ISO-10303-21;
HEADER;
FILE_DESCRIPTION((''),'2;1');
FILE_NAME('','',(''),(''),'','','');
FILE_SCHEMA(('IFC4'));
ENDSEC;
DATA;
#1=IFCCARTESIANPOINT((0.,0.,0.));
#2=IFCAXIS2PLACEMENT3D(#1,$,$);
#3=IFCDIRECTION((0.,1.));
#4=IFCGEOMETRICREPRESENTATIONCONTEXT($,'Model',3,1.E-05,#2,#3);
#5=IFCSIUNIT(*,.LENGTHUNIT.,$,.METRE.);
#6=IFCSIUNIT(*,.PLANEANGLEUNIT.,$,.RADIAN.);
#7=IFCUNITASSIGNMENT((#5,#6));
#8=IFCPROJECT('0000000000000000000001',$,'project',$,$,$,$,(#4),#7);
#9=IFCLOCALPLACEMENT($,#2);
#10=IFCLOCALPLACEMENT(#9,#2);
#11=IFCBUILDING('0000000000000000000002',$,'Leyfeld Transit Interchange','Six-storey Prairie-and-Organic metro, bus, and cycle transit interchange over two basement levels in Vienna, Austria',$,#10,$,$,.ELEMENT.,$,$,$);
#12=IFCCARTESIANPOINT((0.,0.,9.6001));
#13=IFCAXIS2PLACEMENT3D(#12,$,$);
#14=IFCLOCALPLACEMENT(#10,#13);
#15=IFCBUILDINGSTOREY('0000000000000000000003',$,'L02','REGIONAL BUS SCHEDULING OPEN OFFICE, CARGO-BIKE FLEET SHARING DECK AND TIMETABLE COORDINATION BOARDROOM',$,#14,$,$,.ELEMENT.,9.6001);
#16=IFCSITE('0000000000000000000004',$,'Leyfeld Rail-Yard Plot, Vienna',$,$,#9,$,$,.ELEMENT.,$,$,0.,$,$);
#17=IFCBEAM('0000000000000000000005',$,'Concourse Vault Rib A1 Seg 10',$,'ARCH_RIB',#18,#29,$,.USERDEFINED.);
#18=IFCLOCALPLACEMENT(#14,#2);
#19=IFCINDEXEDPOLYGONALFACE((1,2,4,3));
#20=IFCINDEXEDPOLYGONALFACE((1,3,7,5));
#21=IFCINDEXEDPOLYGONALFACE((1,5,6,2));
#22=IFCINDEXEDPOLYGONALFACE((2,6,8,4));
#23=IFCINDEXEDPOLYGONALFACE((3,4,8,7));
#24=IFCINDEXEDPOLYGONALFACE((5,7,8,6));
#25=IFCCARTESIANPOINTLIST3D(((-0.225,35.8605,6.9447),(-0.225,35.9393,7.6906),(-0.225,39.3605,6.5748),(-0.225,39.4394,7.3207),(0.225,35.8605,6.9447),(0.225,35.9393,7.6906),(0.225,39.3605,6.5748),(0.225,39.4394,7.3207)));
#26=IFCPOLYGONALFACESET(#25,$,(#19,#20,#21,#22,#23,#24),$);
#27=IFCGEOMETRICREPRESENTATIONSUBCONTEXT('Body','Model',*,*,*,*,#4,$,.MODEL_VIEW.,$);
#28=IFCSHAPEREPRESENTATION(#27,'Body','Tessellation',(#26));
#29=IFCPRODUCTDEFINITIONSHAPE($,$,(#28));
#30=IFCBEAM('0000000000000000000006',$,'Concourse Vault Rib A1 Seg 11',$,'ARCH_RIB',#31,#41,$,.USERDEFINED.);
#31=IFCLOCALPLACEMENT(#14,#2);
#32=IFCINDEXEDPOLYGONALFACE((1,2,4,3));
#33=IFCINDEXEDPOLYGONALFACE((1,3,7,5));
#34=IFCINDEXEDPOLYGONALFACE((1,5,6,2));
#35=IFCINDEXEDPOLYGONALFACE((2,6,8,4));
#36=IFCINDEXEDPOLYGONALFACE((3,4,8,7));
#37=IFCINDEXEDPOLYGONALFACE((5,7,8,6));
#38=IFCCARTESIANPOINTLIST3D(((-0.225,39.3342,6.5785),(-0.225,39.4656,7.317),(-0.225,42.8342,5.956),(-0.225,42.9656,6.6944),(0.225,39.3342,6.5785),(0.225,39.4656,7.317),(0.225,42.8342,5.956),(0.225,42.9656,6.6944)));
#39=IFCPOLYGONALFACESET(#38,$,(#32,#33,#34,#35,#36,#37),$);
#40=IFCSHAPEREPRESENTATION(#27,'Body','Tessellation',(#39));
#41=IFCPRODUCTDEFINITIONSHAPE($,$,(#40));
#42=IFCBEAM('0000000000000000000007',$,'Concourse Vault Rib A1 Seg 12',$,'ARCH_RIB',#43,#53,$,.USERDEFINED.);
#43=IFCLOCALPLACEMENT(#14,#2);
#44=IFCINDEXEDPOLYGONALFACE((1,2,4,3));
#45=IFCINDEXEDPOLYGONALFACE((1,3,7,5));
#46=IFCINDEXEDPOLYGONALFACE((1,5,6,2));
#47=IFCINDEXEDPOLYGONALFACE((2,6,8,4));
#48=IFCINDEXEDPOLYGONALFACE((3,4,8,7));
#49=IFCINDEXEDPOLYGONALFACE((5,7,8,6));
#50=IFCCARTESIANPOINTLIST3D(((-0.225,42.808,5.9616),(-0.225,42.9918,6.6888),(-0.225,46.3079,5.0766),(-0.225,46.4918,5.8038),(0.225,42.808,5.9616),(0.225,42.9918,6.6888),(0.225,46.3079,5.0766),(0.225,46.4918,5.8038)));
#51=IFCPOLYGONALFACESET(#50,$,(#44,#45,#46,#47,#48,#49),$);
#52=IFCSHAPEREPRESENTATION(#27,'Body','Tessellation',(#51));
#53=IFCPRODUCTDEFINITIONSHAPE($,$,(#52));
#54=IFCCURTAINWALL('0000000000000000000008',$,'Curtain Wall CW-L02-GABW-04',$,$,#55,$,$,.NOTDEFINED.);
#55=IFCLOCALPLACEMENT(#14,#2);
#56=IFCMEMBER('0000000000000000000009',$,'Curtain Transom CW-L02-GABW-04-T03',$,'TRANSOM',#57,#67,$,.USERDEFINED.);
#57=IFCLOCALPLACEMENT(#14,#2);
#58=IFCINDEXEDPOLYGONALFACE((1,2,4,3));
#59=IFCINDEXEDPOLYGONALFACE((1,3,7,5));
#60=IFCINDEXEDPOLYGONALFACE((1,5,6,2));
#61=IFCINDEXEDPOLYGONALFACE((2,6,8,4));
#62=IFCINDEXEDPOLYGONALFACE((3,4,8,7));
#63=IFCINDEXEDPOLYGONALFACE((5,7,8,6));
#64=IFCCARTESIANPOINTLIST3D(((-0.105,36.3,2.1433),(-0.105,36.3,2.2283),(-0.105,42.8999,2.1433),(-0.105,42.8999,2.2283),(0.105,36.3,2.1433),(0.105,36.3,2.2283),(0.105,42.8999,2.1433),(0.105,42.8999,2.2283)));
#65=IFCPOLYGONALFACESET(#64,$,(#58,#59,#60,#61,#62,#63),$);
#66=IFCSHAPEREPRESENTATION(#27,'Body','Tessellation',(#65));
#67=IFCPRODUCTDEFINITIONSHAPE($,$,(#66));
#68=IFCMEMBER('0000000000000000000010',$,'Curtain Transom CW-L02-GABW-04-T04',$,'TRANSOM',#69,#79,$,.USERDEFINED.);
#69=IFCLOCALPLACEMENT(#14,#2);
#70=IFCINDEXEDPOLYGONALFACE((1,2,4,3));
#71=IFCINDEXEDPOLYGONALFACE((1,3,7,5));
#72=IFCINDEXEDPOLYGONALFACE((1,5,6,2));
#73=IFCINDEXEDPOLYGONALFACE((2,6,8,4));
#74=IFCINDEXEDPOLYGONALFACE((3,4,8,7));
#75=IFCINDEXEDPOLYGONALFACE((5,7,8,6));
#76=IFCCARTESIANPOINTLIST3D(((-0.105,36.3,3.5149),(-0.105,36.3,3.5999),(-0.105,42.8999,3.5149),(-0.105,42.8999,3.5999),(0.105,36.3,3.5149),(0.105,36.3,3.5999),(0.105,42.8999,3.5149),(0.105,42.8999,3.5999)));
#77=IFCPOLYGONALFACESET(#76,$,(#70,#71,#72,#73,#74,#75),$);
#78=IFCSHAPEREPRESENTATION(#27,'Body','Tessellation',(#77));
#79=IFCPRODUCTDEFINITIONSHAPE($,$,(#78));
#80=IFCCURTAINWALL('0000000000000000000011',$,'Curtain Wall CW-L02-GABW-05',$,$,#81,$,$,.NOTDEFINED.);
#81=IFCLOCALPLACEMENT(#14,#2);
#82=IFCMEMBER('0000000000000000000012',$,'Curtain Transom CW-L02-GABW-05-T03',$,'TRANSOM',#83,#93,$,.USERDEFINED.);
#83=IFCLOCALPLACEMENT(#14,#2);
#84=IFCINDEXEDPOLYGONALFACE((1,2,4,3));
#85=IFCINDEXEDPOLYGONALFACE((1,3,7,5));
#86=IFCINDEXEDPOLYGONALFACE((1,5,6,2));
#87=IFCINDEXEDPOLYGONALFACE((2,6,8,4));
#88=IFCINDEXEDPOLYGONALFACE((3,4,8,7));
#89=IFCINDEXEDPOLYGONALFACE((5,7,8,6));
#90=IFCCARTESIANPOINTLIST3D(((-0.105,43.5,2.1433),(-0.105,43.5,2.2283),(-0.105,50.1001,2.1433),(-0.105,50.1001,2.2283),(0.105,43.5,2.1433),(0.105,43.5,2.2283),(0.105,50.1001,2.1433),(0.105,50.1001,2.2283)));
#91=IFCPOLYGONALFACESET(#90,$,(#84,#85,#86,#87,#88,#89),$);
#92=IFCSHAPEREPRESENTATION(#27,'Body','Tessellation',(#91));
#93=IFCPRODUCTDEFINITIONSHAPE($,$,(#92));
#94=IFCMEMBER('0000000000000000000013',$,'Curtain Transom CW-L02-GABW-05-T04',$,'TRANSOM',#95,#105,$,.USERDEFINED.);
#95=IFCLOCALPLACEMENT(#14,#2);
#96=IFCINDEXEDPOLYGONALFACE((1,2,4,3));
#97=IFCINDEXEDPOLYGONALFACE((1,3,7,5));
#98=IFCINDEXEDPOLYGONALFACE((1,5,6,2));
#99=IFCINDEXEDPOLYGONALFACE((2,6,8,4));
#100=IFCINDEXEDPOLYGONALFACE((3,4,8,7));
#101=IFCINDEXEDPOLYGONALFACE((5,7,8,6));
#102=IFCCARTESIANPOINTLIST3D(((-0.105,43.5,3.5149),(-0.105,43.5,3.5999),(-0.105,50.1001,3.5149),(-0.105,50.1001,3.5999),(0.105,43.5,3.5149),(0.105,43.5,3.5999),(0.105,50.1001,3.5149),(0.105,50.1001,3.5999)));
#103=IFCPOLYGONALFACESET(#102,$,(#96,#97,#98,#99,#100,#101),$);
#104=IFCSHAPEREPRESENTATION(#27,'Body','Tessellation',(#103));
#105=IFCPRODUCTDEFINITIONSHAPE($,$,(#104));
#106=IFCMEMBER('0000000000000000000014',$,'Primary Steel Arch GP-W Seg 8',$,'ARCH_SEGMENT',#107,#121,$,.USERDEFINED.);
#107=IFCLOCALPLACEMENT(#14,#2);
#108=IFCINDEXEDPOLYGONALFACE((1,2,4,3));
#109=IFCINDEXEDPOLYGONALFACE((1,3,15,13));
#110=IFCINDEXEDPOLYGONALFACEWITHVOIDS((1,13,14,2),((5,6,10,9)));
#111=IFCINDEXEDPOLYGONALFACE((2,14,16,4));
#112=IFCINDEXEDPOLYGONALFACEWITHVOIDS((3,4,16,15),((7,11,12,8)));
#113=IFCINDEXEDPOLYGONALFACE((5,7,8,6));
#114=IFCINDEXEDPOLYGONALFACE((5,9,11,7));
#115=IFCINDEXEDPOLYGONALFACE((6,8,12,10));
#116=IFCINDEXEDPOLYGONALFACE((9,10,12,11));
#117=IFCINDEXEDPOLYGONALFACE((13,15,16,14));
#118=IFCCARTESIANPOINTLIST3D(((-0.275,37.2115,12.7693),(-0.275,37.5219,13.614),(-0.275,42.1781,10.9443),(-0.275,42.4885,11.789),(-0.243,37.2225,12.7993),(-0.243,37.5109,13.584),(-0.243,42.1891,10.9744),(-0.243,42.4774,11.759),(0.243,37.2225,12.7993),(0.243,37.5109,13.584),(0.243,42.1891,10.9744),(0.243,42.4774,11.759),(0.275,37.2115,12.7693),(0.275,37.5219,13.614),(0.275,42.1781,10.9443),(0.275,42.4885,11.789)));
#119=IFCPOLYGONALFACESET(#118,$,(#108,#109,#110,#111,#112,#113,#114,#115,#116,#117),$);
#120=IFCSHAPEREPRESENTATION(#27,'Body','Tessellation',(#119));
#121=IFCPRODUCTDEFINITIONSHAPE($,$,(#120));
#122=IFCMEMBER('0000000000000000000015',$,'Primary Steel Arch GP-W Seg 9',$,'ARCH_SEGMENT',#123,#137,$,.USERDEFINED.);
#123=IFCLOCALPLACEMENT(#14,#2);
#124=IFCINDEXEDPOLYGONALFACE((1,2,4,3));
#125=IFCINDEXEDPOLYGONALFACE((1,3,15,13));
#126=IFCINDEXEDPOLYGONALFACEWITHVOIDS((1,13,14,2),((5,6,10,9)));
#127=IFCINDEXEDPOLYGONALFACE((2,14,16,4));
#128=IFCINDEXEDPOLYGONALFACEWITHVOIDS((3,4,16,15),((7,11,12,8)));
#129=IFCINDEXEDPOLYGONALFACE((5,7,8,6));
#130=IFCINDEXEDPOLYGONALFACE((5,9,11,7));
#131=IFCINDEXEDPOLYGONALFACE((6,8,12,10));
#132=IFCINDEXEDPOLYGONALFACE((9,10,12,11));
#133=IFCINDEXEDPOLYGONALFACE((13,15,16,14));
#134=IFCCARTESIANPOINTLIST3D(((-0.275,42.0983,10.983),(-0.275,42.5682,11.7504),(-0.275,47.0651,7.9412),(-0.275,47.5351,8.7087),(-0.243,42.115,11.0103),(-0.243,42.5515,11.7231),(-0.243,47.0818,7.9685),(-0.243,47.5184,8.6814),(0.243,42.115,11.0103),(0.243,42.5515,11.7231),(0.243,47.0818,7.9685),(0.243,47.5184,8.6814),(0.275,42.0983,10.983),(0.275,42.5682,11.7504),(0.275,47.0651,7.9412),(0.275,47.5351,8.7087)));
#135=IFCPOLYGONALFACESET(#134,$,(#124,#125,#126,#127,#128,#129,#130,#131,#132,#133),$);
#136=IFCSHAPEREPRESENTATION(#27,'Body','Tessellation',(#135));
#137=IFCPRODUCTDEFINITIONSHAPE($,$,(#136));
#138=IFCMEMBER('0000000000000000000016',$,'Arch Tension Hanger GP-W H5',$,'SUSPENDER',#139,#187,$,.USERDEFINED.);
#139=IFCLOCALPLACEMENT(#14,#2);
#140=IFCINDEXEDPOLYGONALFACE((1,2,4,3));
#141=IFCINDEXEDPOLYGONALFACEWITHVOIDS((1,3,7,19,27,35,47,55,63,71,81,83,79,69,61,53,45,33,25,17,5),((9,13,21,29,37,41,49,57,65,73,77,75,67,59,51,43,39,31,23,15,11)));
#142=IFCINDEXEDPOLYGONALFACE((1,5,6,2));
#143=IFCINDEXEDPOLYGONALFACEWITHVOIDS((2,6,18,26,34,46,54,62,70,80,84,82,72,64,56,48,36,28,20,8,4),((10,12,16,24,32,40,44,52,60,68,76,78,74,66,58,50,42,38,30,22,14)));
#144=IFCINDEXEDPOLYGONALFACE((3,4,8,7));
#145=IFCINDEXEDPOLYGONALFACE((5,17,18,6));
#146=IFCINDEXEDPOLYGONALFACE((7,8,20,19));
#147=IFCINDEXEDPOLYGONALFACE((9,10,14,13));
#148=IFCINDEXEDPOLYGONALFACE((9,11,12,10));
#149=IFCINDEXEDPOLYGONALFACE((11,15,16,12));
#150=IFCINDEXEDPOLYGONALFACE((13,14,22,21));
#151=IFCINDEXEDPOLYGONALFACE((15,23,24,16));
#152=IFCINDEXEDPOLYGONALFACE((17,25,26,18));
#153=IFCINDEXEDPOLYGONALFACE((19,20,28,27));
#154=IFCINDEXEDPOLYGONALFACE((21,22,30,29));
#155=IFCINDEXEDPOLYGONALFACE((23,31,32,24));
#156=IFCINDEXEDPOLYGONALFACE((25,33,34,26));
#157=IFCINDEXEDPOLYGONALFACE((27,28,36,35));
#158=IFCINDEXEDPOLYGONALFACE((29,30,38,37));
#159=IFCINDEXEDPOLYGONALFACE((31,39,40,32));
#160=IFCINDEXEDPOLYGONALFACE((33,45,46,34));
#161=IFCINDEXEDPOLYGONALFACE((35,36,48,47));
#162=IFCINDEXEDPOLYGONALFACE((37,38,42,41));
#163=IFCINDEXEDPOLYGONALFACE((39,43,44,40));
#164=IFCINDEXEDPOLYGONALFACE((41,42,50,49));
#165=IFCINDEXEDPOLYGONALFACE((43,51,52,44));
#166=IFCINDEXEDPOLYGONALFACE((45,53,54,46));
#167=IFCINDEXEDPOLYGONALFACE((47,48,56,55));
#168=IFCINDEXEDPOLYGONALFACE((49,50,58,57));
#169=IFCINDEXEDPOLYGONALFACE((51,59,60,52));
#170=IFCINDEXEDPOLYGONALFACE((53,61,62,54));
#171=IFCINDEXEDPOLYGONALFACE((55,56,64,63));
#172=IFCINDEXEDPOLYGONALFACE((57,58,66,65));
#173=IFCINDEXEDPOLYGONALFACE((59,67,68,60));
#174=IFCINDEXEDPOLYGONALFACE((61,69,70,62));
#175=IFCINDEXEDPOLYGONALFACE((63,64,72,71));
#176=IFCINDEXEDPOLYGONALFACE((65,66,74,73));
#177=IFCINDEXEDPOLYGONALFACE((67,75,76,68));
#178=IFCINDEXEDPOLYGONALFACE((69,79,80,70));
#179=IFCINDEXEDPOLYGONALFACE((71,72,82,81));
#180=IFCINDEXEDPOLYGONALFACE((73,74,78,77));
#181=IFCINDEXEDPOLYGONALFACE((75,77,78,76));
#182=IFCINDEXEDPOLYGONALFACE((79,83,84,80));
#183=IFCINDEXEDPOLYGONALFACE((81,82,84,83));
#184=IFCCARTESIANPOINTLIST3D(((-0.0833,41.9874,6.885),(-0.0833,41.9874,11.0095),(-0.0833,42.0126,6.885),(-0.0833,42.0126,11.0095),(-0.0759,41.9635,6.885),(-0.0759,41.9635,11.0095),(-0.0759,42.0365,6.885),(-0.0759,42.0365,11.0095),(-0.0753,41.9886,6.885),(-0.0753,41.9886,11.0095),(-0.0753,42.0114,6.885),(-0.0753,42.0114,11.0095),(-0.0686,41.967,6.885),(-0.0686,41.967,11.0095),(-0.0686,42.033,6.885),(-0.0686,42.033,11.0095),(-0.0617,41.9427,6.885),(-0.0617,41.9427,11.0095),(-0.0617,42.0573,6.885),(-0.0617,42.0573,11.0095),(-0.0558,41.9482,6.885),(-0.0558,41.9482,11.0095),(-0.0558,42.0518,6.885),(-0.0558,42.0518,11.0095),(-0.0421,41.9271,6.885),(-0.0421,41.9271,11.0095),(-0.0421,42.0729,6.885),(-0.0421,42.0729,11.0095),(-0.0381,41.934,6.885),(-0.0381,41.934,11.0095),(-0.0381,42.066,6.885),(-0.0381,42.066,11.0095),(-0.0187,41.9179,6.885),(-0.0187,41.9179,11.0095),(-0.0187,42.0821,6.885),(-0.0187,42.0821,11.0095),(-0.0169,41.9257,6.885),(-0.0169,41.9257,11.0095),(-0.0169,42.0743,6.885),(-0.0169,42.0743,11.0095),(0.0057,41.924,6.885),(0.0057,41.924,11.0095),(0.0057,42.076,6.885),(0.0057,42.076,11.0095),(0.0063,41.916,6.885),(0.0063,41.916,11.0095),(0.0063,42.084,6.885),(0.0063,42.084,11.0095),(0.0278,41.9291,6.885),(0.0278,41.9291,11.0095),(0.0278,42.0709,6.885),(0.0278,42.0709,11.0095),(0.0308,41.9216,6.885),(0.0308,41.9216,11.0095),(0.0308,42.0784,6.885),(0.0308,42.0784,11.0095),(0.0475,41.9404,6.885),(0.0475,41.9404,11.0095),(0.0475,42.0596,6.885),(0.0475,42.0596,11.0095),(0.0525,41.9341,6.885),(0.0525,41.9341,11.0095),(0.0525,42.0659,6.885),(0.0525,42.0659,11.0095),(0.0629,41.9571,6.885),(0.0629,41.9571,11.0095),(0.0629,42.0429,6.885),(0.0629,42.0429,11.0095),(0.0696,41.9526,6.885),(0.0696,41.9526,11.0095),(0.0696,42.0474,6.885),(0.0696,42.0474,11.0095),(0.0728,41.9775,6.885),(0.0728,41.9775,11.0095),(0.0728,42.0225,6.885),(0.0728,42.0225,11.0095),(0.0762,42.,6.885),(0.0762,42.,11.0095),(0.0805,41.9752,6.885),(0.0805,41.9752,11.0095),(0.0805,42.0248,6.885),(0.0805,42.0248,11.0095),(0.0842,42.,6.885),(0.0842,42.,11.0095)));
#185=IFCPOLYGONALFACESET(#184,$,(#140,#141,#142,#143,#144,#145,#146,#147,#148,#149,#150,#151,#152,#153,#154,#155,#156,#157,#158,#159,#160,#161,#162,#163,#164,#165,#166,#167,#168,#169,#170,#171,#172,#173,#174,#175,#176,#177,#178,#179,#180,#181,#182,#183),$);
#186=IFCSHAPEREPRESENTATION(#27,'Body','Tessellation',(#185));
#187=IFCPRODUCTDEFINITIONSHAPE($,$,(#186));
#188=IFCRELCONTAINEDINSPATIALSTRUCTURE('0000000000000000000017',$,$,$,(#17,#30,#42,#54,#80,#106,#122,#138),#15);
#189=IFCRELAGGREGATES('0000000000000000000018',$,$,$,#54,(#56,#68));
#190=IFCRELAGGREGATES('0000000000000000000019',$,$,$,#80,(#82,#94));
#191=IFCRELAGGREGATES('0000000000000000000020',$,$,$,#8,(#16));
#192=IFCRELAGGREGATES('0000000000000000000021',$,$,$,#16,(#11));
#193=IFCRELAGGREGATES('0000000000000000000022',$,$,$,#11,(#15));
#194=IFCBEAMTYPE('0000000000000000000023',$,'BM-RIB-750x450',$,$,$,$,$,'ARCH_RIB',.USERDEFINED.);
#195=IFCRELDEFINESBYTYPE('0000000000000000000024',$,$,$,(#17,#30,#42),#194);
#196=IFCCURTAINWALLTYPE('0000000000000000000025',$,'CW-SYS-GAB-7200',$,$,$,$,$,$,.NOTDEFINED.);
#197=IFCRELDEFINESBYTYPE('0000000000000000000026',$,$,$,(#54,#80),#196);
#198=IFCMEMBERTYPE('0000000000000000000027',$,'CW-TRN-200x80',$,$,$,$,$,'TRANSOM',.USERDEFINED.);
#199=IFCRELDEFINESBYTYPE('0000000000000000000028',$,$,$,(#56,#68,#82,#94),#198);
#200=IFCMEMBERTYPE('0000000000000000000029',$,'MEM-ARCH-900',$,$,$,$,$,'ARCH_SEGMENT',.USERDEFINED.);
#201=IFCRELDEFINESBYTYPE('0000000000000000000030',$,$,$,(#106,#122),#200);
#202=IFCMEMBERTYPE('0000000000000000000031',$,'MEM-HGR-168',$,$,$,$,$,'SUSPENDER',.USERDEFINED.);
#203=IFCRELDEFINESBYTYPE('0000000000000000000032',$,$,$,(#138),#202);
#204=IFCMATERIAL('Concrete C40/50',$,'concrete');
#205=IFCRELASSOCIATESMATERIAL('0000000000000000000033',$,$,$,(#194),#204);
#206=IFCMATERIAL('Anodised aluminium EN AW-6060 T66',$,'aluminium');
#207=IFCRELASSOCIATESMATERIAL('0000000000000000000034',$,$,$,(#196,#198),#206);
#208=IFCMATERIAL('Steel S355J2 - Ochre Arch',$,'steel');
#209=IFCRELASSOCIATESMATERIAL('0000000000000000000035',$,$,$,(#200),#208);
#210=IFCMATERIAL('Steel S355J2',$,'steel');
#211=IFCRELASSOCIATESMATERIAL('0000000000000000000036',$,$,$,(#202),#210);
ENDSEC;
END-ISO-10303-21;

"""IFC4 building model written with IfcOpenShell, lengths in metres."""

from ifc_helpers import new_model, si_unit, direction, frame, origin, origin_2d, place, context, subcontext, project, spatial, rectangle, hollow_rectangle, hollow_circle, extrude, material, material_profile, profile_set, type_object, element, aggregate, save


model = new_model("IFC4")

# Units and contexts
model_context = context("Model", 3, precision=1e-05, world=origin(), true_north=direction((0.0, 1.0)))
body_context = subcontext(model_context, "Body", "Model", "MODEL_VIEW")
ifc_project = project(units=[si_unit("LENGTHUNIT", "METRE"), si_unit("PLANEANGLEUNIT", "RADIAN")], contexts=[model_context])

# Site, building, storey
site_placement = place(None, origin())
site = spatial("IfcSite", under=ifc_project, at=site_placement, Name="Leyfeld Rail-Yard Plot, Vienna", CompositionType="ELEMENT", RefElevation=0.0)
building_placement = place(site_placement, origin())
building = spatial("IfcBuilding", under=site, at=building_placement, Name="Leyfeld Transit Interchange", Description="Six-storey Prairie-and-Organic metro, bus, and cycle transit interchange over two basement levels in Vienna, Austria", CompositionType="ELEMENT")
storey_placement = place(building_placement, frame((0.0, 0.0, 9.6001)))
storey = spatial("IfcBuildingStorey", under=building, at=storey_placement, Name="L02", Description="REGIONAL BUS SCHEDULING OPEN OFFICE, CARGO-BIKE FLEET SHARING DECK AND TIMETABLE COORDINATION BOARDROOM", CompositionType="ELEMENT", Elevation=9.6001)

# Beams
ifc_material_1 = material(Name="Concrete C40/50", Category="concrete")
ifc_material_profile_1 = material_profile(ifc_material_1, rectangle(XDim=0.45, YDim=0.75, at=origin_2d()), Name="RC 750x450 RIB")
ifc_profile_set_1 = profile_set([ifc_material_profile_1], Name="Concrete C40/50")
beam_type = type_object("IfcBeamType", Name="BM-RIB-750x450", ElementType="ARCH_RIB", PredefinedType="USERDEFINED", material=ifc_profile_set_1)
beam_1_placement = place(storey_placement, frame((0.0, 35.8999, 7.3176), z_axis=(0.0, 0.994462, -0.105093), x_axis=(-1.0, 0.0, 0.0)))
element("IfcBeam", 1, at=beam_1_placement, inside=storey, type_object=beam_type, Name="Concourse Vault Rib A1 Seg 10", ObjectType="ARCH_RIB", PredefinedType="USERDEFINED", context=body_context, shape_type="SweptSolid", body=[
    extrude(rectangle(XDim=0.45, YDim=0.75, at=origin_2d()), origin(), (0.0, 0.0, 1.0), 3.5195),
])
beam_2_placement = place(storey_placement, frame((0.0, 39.3999, 6.9478), z_axis=(0.0, 0.984546, -0.175125), x_axis=(-1.0, 0.0, 0.0)))
element("IfcBeam", 2, at=beam_2_placement, inside=storey, type_object=beam_type, Name="Concourse Vault Rib A1 Seg 11", ObjectType="ARCH_RIB", PredefinedType="USERDEFINED", context=body_context, shape_type="SweptSolid", body=[
    extrude(rectangle(XDim=0.45, YDim=0.75, at=origin_2d()), origin(), (0.0, 0.0, 1.0), 3.5549),
])
beam_3_placement = place(storey_placement, frame((0.0, 42.8999, 6.3252), z_axis=(0.0, 0.969487, -0.245144), x_axis=(-1.0, 0.0, 0.0)))
element("IfcBeam", 3, at=beam_3_placement, inside=storey, type_object=beam_type, Name="Concourse Vault Rib A1 Seg 12", ObjectType="ARCH_RIB", PredefinedType="USERDEFINED", context=body_context, shape_type="SweptSolid", body=[
    extrude(rectangle(XDim=0.45, YDim=0.75, at=origin_2d()), origin(), (0.0, 0.0, 1.0), 3.6101),
])

# Curtain walls, members
ifc_material_2 = material(Name="Anodised aluminium EN AW-6060 T66", Category="aluminium")
curtain_wall_type = type_object("IfcCurtainWallType", Name="CW-SYS-GAB-7200", PredefinedType="NOTDEFINED", material=ifc_material_2)
curtain_wall_1_placement = place(storey_placement, origin())
curtain_wall_1 = element("IfcCurtainWall", 4, at=curtain_wall_1_placement, inside=storey, type_object=curtain_wall_type, Name="Curtain Wall CW-L02-GABW-04", PredefinedType="NOTDEFINED")
ifc_material_profile_2 = material_profile(ifc_material_2, rectangle(XDim=0.21, YDim=0.085, at=origin_2d()), Name="CW-TRN-200x80")
ifc_profile_set_2 = profile_set([ifc_material_profile_2], Name="Anodised aluminium EN AW-6060 T66")
member_type_1 = type_object("IfcMemberType", Name="CW-TRN-200x80", ElementType="TRANSOM", PredefinedType="USERDEFINED", material=ifc_profile_set_2)
member_1_placement = place(storey_placement, frame((0.0, 36.3, 2.1858), z_axis=(0.0, 1.0, 0.0), x_axis=(-1.0, 0.0, 0.0)))
member_1 = element("IfcMember", 5, at=member_1_placement, type_object=member_type_1, Name="Curtain Transom CW-L02-GABW-04-T03", ObjectType="TRANSOM", PredefinedType="USERDEFINED", context=body_context, shape_type="SweptSolid", body=[
    extrude(rectangle(XDim=0.21, YDim=0.085, at=origin_2d()), origin(), (0.0, 0.0, 1.0), 6.5999),
])
member_2_placement = place(storey_placement, frame((0.0, 36.3, 3.5574), z_axis=(0.0, 1.0, 0.0), x_axis=(-1.0, 0.0, 0.0)))
member_2 = element("IfcMember", 6, at=member_2_placement, type_object=member_type_1, Name="Curtain Transom CW-L02-GABW-04-T04", ObjectType="TRANSOM", PredefinedType="USERDEFINED", context=body_context, shape_type="SweptSolid", body=[
    extrude(rectangle(XDim=0.21, YDim=0.085, at=origin_2d()), origin(), (0.0, 0.0, 1.0), 6.5999),
])
curtain_wall_2_placement = place(storey_placement, origin())
curtain_wall_2 = element("IfcCurtainWall", 7, at=curtain_wall_2_placement, inside=storey, type_object=curtain_wall_type, Name="Curtain Wall CW-L02-GABW-05", PredefinedType="NOTDEFINED")
member_3_placement = place(storey_placement, frame((0.0, 43.5, 2.1858), z_axis=(0.0, 1.0, 0.0), x_axis=(-1.0, 0.0, 0.0)))
member_3 = element("IfcMember", 8, at=member_3_placement, type_object=member_type_1, Name="Curtain Transom CW-L02-GABW-05-T03", ObjectType="TRANSOM", PredefinedType="USERDEFINED", context=body_context, shape_type="SweptSolid", body=[
    extrude(rectangle(XDim=0.21, YDim=0.085, at=origin_2d()), origin(), (0.0, 0.0, 1.0), 6.6001),
])
member_4_placement = place(storey_placement, frame((0.0, 43.5, 3.5574), z_axis=(0.0, 1.0, 0.0), x_axis=(-1.0, 0.0, 0.0)))
member_4 = element("IfcMember", 9, at=member_4_placement, type_object=member_type_1, Name="Curtain Transom CW-L02-GABW-05-T04", ObjectType="TRANSOM", PredefinedType="USERDEFINED", context=body_context, shape_type="SweptSolid", body=[
    extrude(rectangle(XDim=0.21, YDim=0.085, at=origin_2d()), origin(), (0.0, 0.0, 1.0), 6.6001),
])

# Members
ifc_material_3 = material(Name="Steel S355J2 - Ochre Arch", Category="steel")
ifc_material_profile_3 = material_profile(ifc_material_3, hollow_rectangle(XDim=0.55, YDim=0.8999, WallThickness=0.032, at=origin_2d()), Name="RHS 900x550x32")
ifc_profile_set_3 = profile_set([ifc_material_profile_3], Name="Steel S355J2 - Ochre Arch")
member_type_2 = type_object("IfcMemberType", Name="MEM-ARCH-900", ElementType="ARCH_SEGMENT", PredefinedType="USERDEFINED", material=ifc_profile_set_3)
member_5_placement = place(storey_placement, frame((0.0, 37.3667, 13.1917), z_axis=(0.0, 0.938639, -0.344901), x_axis=(-1.0, 0.0, 0.0)))
element("IfcMember", 10, at=member_5_placement, inside=storey, type_object=member_type_2, Name="Primary Steel Arch GP-W Seg 8", ObjectType="ARCH_SEGMENT", PredefinedType="USERDEFINED", context=body_context, shape_type="SweptSolid", body=[
    extrude(hollow_rectangle(XDim=0.55, YDim=0.8999, WallThickness=0.032, at=origin_2d()), origin(), (0.0, 0.0, 1.0), 5.2913),
])
member_6_placement = place(storey_placement, frame((0.0, 42.3333, 11.3667), z_axis=(0.0, 0.852786, -0.52226), x_axis=(-1.0, 0.0, 0.0)))
element("IfcMember", 11, at=member_6_placement, inside=storey, type_object=member_type_2, Name="Primary Steel Arch GP-W Seg 9", ObjectType="ARCH_SEGMENT", PredefinedType="USERDEFINED", context=body_context, shape_type="SweptSolid", body=[
    extrude(hollow_rectangle(XDim=0.55, YDim=0.8999, WallThickness=0.032, at=origin_2d()), origin(), (0.0, 0.0, 1.0), 5.8242),
])
ifc_material_4 = material(Name="Steel S355J2", Category="steel")
ifc_material_profile_4 = material_profile(ifc_material_4, hollow_circle(Radius=0.0842, WallThickness=0.0081, at=origin_2d()), Name="CHS 168.3x8")
ifc_profile_set_4 = profile_set([ifc_material_profile_4], Name="Steel S355J2")
member_type_3 = type_object("IfcMemberType", Name="MEM-HGR-168", ElementType="SUSPENDER", PredefinedType="USERDEFINED", material=ifc_profile_set_4)
member_7_placement = place(storey_placement, frame((0.0, 42.0, 6.885), z_axis=(0.0, 0.0, 1.0), x_axis=(1.0, 0.0, 0.0)))
element("IfcMember", 12, at=member_7_placement, inside=storey, type_object=member_type_3, Name="Arch Tension Hanger GP-W H5", ObjectType="SUSPENDER", PredefinedType="USERDEFINED", context=body_context, shape_type="SweptSolid", body=[
    extrude(hollow_circle(Radius=0.0842, WallThickness=0.0081, at=origin_2d()), origin(), (0.0, 0.0, 1.0), 4.1245),
])

aggregate(curtain_wall_1, [member_1, member_2])
aggregate(curtain_wall_2, [member_3, member_4])

save(model, "model.ifc")
